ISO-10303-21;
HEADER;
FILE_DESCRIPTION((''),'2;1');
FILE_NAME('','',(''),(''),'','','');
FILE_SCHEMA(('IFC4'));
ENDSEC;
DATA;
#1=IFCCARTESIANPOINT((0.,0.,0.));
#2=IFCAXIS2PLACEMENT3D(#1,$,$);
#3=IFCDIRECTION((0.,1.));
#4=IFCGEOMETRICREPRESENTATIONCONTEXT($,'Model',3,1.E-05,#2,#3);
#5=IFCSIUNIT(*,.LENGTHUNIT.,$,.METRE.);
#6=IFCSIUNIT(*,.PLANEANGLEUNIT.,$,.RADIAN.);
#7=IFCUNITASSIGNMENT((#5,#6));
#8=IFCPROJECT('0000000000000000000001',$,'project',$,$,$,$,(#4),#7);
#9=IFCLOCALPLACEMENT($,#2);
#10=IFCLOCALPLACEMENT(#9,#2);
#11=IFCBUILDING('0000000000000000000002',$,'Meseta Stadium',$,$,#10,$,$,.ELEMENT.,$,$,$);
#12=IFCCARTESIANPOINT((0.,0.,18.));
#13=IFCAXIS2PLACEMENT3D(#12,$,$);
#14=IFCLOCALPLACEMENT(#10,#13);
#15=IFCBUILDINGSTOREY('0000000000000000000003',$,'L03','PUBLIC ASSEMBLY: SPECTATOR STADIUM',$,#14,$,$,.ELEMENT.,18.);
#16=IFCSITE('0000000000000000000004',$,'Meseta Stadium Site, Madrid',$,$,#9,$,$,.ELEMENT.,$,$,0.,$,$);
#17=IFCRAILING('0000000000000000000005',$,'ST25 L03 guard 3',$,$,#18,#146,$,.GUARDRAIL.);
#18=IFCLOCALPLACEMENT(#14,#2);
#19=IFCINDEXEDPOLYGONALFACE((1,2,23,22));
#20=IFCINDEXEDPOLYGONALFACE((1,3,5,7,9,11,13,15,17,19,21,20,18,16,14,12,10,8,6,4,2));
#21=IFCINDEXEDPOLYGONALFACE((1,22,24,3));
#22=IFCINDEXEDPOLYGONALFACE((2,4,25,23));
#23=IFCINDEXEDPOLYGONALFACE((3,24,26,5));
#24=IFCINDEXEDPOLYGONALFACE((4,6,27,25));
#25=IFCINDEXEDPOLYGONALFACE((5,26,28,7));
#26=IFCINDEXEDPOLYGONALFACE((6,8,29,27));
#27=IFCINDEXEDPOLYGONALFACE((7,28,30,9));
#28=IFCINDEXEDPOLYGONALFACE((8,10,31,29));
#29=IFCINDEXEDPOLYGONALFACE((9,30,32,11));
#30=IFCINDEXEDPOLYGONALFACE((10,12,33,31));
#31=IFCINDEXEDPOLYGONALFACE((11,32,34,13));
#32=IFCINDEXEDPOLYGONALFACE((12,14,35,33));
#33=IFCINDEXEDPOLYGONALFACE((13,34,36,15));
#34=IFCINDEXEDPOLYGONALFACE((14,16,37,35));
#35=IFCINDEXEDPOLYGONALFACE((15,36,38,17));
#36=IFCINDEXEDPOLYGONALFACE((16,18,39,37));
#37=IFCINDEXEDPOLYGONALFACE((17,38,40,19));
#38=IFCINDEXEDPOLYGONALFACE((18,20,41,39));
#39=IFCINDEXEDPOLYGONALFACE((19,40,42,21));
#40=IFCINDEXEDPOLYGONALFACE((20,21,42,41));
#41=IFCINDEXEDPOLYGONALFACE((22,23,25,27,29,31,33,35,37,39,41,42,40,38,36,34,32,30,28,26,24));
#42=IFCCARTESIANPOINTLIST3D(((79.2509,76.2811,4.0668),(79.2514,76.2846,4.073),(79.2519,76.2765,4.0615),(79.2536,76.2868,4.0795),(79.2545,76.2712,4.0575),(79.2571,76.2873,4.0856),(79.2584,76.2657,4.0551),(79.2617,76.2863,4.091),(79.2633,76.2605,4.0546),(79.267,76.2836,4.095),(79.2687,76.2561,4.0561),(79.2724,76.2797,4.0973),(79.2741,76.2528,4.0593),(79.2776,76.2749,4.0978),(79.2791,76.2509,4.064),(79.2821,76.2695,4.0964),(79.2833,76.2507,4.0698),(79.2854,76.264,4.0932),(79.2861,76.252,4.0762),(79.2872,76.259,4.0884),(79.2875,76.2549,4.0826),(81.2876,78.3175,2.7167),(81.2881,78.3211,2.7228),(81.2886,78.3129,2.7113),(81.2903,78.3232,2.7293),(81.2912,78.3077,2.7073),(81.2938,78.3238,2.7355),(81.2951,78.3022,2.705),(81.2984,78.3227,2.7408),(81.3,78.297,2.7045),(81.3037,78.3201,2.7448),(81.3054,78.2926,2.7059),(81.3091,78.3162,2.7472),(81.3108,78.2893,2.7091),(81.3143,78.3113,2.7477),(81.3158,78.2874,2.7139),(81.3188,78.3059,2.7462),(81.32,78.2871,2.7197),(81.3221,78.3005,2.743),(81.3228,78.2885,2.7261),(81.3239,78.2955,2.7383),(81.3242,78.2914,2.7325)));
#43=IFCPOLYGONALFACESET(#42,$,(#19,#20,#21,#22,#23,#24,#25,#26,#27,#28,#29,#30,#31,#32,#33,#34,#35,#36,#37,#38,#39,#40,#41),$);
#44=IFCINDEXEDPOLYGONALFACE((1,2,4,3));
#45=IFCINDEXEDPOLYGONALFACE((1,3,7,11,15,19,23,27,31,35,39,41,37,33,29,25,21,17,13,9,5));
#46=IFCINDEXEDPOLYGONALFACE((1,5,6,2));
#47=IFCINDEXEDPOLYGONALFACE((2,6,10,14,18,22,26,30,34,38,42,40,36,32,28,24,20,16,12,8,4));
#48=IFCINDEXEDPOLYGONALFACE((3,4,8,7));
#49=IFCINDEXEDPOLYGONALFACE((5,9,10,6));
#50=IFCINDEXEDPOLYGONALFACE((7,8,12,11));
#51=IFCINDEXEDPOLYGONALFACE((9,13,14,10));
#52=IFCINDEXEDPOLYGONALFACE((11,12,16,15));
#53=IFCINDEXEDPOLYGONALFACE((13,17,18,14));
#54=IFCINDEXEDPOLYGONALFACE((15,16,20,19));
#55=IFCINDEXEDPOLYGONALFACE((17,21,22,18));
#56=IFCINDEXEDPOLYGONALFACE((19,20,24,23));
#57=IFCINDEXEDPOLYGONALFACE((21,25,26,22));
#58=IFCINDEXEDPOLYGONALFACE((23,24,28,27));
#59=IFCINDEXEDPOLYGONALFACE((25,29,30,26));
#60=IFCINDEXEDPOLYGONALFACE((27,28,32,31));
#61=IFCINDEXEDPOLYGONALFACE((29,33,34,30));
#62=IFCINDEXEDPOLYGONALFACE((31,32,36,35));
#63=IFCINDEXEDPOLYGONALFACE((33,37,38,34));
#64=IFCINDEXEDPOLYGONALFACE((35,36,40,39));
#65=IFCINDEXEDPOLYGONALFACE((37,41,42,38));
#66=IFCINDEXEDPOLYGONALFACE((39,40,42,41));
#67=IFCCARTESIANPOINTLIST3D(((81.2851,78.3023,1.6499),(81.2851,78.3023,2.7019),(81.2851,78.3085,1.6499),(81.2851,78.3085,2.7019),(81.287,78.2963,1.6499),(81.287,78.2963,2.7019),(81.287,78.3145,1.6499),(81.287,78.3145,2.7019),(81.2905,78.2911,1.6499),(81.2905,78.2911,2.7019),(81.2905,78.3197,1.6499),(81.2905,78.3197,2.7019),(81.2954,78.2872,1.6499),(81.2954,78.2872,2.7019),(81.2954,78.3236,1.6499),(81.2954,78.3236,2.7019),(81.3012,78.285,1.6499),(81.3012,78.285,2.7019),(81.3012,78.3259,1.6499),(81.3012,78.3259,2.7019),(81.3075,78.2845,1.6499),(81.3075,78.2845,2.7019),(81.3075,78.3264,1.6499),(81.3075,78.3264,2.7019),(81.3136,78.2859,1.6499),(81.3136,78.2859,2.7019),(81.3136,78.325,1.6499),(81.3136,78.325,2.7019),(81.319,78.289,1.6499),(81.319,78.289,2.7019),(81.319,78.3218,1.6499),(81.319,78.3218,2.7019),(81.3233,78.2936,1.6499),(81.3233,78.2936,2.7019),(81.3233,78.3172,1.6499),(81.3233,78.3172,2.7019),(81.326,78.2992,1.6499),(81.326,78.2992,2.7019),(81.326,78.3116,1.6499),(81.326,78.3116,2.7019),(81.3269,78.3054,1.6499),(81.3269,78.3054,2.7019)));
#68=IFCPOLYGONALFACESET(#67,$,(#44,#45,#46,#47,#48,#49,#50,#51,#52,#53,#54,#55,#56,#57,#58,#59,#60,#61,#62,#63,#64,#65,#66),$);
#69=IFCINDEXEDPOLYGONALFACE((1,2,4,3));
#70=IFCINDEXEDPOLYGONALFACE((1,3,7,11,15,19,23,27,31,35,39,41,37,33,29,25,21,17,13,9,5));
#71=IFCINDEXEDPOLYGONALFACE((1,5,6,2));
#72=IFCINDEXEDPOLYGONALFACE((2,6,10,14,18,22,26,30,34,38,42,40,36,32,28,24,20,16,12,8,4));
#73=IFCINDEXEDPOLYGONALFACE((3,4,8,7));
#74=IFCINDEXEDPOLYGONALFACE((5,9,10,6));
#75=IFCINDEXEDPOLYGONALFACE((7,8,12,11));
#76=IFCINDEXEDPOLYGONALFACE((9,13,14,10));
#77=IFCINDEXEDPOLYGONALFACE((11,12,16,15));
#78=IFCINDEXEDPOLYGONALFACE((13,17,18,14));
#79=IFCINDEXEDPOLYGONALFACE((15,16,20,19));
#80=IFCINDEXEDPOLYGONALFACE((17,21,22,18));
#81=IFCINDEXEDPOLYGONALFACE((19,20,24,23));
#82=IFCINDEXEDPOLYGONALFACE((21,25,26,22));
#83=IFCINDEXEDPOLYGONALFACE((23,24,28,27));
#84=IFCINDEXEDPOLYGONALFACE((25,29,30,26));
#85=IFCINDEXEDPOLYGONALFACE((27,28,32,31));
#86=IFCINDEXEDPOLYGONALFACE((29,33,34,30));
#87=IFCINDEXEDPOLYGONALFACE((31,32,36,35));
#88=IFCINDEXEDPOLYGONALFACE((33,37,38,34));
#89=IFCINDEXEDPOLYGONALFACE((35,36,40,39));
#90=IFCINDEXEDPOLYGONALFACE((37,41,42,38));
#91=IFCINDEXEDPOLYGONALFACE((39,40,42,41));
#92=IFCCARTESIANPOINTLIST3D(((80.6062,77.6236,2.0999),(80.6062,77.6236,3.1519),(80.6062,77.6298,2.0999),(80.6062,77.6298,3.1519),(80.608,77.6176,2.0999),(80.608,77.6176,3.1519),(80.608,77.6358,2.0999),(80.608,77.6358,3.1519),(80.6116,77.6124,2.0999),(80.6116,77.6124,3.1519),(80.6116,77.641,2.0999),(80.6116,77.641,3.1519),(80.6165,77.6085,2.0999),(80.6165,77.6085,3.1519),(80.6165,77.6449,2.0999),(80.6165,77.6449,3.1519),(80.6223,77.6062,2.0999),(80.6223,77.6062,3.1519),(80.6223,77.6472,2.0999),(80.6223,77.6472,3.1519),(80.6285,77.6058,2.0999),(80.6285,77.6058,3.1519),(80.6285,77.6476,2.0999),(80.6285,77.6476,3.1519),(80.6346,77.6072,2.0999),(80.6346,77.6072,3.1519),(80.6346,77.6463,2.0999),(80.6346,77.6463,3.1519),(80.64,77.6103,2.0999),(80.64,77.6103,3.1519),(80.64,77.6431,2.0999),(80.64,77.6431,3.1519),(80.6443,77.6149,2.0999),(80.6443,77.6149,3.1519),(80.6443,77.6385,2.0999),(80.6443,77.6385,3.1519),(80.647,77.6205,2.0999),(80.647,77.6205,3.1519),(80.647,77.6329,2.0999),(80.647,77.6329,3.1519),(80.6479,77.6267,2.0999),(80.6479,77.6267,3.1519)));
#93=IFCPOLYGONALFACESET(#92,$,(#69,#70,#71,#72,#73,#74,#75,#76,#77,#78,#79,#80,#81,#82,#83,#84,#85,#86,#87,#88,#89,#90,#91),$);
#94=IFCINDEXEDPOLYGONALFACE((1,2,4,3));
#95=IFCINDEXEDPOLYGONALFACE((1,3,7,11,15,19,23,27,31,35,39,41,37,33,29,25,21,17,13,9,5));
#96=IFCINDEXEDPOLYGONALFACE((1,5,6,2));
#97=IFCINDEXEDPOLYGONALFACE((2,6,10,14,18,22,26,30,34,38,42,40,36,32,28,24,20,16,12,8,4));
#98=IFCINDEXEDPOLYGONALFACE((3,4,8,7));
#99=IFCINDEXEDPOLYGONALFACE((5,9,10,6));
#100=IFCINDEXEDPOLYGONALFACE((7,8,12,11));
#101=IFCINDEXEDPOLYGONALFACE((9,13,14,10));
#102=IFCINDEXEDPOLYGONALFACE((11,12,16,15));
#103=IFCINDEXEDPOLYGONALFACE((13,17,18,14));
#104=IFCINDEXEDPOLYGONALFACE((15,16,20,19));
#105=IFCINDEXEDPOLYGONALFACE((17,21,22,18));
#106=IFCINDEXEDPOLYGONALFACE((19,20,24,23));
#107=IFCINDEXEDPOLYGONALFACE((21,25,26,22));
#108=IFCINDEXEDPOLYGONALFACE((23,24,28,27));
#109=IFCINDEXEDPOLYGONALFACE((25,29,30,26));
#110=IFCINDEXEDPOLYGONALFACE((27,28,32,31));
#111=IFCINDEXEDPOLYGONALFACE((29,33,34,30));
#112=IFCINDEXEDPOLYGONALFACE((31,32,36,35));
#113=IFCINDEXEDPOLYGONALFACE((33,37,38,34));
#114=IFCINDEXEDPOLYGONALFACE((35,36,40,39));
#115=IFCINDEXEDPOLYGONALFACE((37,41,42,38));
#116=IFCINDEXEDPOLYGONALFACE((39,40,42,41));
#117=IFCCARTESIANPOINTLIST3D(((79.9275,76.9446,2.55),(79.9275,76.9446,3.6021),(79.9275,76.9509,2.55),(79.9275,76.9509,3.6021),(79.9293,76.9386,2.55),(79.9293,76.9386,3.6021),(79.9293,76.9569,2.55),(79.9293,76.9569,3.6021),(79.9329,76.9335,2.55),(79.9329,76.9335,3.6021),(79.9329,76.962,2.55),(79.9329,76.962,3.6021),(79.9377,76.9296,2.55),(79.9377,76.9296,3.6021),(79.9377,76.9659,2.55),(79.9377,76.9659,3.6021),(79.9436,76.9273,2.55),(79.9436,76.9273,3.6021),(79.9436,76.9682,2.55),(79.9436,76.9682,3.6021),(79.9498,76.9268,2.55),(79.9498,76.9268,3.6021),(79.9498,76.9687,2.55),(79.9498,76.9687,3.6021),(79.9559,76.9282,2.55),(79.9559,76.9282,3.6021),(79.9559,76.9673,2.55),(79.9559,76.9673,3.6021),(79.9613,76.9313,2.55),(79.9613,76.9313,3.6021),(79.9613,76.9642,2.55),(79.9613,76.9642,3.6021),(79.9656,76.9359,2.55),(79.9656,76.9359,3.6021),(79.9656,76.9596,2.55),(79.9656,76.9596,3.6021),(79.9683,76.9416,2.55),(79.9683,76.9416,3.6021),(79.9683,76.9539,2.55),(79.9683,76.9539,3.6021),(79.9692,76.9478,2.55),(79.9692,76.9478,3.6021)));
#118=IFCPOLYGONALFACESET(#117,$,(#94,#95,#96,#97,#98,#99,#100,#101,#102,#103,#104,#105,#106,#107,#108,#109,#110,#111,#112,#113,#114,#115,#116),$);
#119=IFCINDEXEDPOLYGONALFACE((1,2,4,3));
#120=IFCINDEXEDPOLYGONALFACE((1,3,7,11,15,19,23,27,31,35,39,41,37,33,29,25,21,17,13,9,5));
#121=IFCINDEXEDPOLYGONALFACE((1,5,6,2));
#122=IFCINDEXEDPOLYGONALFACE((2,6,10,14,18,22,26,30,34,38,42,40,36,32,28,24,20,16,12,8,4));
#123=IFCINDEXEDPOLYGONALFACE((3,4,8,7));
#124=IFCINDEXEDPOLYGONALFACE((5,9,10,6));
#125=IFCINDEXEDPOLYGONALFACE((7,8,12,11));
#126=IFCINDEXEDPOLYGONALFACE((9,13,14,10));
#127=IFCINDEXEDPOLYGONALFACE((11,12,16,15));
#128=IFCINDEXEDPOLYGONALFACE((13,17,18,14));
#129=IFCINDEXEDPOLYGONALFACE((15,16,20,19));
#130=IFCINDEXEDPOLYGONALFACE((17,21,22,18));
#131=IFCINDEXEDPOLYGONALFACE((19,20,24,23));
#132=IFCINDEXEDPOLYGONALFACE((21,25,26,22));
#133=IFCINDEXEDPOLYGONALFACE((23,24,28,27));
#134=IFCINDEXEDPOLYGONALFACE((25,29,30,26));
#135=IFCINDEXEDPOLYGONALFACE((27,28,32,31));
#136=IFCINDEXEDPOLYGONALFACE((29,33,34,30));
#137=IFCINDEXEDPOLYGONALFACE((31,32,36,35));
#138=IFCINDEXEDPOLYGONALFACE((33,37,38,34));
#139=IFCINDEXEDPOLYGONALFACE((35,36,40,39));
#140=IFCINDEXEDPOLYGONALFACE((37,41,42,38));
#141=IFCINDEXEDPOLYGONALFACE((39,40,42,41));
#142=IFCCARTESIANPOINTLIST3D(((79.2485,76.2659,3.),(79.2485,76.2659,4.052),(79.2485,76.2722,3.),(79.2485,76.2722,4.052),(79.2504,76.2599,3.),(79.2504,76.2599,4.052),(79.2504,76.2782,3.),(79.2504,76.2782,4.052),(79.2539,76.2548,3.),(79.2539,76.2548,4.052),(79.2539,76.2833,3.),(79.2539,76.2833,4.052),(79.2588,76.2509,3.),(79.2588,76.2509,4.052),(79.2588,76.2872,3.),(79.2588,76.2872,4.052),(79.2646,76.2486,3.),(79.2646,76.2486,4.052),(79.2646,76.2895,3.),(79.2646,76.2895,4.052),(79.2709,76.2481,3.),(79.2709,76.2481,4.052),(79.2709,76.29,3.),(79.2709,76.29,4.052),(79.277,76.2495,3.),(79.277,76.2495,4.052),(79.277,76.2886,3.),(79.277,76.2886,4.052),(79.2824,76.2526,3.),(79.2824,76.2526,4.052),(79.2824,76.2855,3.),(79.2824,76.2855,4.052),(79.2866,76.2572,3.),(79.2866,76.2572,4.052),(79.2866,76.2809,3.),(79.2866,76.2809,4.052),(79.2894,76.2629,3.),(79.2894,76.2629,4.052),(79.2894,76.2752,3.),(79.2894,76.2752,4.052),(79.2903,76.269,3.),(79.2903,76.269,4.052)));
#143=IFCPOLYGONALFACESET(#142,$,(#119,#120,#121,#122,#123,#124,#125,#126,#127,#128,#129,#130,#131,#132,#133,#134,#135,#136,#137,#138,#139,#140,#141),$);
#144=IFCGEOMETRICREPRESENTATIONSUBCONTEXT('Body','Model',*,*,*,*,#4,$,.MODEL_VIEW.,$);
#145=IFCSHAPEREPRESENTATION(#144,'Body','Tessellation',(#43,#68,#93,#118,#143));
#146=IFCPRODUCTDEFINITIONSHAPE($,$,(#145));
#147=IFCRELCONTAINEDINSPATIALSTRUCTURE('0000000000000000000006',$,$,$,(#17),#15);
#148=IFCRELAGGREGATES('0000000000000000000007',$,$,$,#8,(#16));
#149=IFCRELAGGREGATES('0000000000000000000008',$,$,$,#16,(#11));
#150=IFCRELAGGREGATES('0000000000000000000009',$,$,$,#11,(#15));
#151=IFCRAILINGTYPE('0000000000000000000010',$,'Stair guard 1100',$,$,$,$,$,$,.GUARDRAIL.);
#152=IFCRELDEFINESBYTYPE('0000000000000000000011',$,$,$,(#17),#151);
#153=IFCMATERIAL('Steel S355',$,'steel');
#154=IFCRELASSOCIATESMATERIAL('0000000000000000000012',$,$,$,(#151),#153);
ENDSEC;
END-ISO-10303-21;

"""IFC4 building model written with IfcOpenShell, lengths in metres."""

from ifc_helpers import new_model, si_unit, direction, frame, origin, origin_2d, place, context, subcontext, project, spatial, circle, extrude, material, type_object, element, save


model = new_model("IFC4")

# Units and contexts
model_context = context("Model", 3, precision=1e-05, world=origin(), true_north=direction((0.0, 1.0)))
body_context = subcontext(model_context, "Body", "Model", "MODEL_VIEW")
ifc_project = project(units=[si_unit("LENGTHUNIT", "METRE"), si_unit("PLANEANGLEUNIT", "RADIAN")], contexts=[model_context])

# Site, building, storey
site_placement = place(None, origin())
site = spatial("IfcSite", under=ifc_project, at=site_placement, Name="Meseta Stadium Site, Madrid", CompositionType="ELEMENT", RefElevation=0.0)
building_placement = place(site_placement, origin())
building = spatial("IfcBuilding", under=site, at=building_placement, Name="Meseta Stadium", CompositionType="ELEMENT")
storey_placement = place(building_placement, frame((0.0, 0.0, 18.0)))
storey = spatial("IfcBuildingStorey", under=building, at=storey_placement, Name="L03", Description="PUBLIC ASSEMBLY: SPECTATOR STADIUM", CompositionType="ELEMENT", Elevation=18.0)

# Railing
ifc_material_1 = material(Name="Steel S355", Category="steel")
railing_type_1 = type_object("IfcRailingType", Name="Stair guard 1100", PredefinedType="GUARDRAIL", material=ifc_material_1)
railing_1_placement = place(storey_placement, frame((81.3059, 78.3054, 1.6499)))
element("IfcRailing", 1, at=railing_1_placement, inside=storey, type_object=railing_type_1, Name="ST25 L03 guard 3", PredefinedType="GUARDRAIL", context=body_context, shape_type="SweptSolid", body=[
    extrude(circle(Radius=0.0239, at=origin_2d()), frame((0.0, 0.0, 1.0762), z_axis=(-0.640288, -0.640211, 0.424454), x_axis=(0.707064, -0.707149, 0.0)), (0.0, 0.0, 1.0), 3.1809),
    extrude(circle(Radius=0.021, at=origin_2d()), origin(), (0.0, 0.0, 1.0), 1.052),
    extrude(circle(Radius=0.021, at=origin_2d()), frame((-0.679, -0.6787, 0.45)), (0.0, 0.0, 1.0), 1.052),
    extrude(circle(Radius=0.021, at=origin_2d()), frame((-1.3577, -1.3577, 0.9001)), (0.0, 0.0, 1.0), 1.052),
    extrude(circle(Radius=0.021, at=origin_2d()), frame((-2.0366, -2.0364, 1.3501)), (0.0, 0.0, 1.0), 1.052),
])

save(model, "model.ifc")
